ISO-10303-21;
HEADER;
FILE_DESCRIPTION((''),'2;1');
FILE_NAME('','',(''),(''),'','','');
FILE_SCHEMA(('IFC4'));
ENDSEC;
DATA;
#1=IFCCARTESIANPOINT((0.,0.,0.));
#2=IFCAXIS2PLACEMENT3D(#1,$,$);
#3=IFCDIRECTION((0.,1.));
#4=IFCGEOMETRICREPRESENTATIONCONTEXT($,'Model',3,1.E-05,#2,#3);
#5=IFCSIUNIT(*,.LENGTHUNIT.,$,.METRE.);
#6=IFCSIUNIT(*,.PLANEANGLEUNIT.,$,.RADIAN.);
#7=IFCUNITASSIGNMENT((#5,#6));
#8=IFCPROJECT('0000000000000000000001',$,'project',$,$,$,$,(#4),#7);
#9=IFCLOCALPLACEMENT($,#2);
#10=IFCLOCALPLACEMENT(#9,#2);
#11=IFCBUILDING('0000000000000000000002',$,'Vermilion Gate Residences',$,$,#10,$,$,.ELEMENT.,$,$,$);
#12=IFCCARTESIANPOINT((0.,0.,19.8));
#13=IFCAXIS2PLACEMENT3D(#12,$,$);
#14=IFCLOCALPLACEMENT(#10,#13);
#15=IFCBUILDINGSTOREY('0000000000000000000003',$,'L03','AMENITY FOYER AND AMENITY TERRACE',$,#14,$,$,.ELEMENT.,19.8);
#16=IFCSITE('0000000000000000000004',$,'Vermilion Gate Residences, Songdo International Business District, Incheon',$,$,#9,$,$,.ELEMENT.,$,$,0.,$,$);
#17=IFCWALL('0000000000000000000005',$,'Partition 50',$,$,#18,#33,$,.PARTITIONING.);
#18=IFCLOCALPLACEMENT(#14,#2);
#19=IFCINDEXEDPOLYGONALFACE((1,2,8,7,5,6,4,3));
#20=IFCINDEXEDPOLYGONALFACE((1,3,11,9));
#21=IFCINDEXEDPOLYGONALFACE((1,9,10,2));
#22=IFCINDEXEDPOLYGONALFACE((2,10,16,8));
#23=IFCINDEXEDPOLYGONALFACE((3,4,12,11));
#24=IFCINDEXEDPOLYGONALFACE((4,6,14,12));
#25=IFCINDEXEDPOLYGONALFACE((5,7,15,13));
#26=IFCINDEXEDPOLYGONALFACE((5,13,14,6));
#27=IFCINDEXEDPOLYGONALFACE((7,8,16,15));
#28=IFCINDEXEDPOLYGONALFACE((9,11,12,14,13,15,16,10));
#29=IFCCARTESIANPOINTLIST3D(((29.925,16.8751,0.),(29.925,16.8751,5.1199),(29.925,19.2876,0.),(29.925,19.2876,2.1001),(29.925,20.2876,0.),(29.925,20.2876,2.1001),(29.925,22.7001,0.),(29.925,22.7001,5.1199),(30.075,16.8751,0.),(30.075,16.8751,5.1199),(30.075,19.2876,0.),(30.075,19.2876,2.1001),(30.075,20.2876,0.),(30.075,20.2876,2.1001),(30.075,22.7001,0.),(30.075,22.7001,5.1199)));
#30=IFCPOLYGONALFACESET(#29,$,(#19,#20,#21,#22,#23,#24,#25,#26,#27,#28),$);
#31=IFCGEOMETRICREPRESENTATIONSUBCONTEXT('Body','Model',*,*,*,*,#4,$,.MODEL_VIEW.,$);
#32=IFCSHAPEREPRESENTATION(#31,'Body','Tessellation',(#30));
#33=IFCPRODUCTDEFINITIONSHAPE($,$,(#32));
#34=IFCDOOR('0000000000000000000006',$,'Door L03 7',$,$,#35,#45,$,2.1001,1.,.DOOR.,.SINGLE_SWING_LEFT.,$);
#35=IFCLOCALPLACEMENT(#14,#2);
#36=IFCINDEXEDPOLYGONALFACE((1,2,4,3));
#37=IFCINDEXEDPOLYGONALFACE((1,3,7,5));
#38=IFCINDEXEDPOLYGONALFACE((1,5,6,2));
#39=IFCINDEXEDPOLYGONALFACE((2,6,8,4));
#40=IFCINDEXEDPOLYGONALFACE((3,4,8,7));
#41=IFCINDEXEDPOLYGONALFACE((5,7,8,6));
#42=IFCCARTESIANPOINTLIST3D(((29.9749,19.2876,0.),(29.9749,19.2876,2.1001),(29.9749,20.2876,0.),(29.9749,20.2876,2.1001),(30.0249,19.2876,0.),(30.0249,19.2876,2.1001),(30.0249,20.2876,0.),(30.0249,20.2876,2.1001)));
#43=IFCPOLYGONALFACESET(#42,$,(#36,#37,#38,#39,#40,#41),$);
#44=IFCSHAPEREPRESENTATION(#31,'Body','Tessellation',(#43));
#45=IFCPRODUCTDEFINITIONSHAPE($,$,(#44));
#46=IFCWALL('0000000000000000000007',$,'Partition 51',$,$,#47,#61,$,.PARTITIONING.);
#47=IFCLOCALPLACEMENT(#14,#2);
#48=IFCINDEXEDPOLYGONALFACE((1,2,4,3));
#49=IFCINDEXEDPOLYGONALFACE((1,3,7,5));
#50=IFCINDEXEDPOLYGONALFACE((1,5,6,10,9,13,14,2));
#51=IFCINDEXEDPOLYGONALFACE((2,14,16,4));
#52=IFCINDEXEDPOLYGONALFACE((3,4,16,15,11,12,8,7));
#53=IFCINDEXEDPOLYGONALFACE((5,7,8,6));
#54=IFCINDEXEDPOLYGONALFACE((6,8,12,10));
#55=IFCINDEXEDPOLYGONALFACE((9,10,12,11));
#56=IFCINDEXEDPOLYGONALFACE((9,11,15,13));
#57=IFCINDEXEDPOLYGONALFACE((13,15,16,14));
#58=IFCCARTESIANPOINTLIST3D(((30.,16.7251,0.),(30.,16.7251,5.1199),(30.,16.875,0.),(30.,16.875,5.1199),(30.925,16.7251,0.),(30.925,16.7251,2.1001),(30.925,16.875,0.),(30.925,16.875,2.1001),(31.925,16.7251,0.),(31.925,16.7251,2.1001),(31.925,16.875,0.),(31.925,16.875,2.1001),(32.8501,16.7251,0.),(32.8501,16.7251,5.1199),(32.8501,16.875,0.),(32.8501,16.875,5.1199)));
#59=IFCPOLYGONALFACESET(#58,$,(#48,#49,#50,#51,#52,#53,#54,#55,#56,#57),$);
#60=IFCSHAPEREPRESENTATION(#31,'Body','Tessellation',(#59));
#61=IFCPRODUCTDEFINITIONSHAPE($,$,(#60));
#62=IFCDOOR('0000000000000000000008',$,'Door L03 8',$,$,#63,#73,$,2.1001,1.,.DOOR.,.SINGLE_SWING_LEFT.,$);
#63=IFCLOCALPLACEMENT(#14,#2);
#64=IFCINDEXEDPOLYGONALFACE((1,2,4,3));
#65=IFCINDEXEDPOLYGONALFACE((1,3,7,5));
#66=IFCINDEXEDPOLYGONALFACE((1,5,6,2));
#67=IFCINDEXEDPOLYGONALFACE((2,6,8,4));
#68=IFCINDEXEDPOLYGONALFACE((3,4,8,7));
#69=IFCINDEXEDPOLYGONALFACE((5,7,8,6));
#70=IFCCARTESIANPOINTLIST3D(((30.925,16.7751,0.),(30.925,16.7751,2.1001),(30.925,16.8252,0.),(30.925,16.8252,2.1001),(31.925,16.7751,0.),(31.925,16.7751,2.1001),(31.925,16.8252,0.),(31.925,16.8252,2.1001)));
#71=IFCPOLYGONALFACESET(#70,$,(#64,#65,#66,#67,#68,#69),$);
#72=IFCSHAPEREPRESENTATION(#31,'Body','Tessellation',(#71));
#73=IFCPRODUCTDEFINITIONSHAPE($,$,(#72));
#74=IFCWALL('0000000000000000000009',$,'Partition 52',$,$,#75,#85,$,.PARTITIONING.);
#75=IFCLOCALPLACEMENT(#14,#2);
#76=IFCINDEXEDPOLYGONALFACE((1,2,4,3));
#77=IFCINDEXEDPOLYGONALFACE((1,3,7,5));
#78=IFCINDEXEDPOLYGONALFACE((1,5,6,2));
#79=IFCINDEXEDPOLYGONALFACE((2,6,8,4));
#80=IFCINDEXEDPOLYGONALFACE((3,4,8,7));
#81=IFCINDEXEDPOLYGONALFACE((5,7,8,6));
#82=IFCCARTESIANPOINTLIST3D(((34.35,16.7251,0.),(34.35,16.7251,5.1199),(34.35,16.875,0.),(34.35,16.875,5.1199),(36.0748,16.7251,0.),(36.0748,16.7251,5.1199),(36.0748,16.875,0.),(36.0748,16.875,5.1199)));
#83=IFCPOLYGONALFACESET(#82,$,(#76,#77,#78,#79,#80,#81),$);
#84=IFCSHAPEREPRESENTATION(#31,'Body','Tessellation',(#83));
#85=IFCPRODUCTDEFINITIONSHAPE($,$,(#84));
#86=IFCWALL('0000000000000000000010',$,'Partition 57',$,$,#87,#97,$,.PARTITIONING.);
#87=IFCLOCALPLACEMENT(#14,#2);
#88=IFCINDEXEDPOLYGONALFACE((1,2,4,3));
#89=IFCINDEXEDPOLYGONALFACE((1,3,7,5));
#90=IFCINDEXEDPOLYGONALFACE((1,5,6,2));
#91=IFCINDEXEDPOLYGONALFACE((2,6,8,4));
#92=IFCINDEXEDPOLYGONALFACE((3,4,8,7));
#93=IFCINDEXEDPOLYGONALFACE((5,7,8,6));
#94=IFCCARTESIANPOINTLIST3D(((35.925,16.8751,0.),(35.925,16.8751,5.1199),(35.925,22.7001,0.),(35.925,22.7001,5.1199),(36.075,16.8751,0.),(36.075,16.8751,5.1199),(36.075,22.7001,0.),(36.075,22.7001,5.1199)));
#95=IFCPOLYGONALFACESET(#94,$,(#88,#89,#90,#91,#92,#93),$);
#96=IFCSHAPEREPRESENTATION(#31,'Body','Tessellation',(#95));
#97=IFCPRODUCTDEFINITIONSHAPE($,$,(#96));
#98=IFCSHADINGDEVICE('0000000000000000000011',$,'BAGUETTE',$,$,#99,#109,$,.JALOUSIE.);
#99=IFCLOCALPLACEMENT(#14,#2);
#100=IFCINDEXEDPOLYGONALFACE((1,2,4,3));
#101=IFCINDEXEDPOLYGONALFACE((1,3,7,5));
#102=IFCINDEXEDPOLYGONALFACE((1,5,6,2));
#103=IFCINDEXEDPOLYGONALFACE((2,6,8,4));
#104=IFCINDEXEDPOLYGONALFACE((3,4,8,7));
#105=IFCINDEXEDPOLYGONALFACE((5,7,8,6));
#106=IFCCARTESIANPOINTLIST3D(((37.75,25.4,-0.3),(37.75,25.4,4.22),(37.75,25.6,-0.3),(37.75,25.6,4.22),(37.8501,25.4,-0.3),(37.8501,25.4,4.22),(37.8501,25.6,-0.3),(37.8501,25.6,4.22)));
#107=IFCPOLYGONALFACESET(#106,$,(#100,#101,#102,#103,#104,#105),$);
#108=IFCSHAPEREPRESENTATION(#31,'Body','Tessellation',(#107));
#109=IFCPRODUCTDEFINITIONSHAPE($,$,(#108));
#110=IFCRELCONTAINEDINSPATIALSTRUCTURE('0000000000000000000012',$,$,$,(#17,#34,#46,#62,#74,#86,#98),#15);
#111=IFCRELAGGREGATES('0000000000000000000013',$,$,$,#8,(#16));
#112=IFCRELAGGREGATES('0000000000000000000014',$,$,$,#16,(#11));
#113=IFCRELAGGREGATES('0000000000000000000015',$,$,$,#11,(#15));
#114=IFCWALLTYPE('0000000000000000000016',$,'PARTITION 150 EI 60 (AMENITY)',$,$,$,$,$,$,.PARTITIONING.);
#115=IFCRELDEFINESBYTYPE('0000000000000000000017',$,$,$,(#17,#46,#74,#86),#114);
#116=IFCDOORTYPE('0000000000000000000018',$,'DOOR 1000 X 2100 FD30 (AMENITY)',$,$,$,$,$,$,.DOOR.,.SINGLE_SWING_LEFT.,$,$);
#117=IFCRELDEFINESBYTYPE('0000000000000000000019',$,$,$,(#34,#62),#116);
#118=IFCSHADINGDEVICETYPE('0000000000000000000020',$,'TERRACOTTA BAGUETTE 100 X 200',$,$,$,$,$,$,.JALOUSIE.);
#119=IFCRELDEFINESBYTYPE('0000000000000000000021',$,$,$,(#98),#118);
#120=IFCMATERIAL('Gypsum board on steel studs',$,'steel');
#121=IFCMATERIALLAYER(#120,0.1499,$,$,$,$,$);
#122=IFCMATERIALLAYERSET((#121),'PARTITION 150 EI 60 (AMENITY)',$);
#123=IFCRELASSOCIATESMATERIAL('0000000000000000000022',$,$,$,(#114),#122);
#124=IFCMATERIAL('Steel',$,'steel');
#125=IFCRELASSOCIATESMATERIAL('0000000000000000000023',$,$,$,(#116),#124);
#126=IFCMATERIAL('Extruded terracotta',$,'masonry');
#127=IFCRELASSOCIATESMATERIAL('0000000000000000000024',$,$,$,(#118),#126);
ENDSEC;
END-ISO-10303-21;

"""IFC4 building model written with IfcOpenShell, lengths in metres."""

from ifc_helpers import new_model, si_unit, direction, frame, frame_2d, origin, origin_2d, place, context, subcontext, project, spatial, rectangle, extrude, material, layer, layer_set, material_profile, profile_set, type_object, element, fill, save


model = new_model("IFC4")

# Units and contexts
model_context = context("Model", 3, precision=1e-05, world=origin(), true_north=direction((0.0, 1.0)))
body_context = subcontext(model_context, "Body", "Model", "MODEL_VIEW")
ifc_project = project(units=[si_unit("LENGTHUNIT", "METRE"), si_unit("PLANEANGLEUNIT", "RADIAN")], contexts=[model_context])

# Site, building, storey
site_placement = place(None, origin())
site = spatial("IfcSite", under=ifc_project, at=site_placement, Name="Vermilion Gate Residences, Songdo International Business District, Incheon", CompositionType="ELEMENT", RefElevation=0.0)
building_placement = place(site_placement, origin())
building = spatial("IfcBuilding", under=site, at=building_placement, Name="Vermilion Gate Residences", CompositionType="ELEMENT")
storey_placement = place(building_placement, frame((0.0, 0.0, 19.8)))
storey = spatial("IfcBuildingStorey", under=building, at=storey_placement, Name="L03", Description="AMENITY FOYER AND AMENITY TERRACE", CompositionType="ELEMENT", Elevation=19.8)

# Walls, openings, doors
ifc_material_1 = material(Name="Gypsum board on steel studs", Category="steel")
ifc_layer_1 = layer(ifc_material_1, 0.1499)
ifc_layer_set_1 = layer_set([ifc_layer_1], Name="PARTITION 150 EI 60 (AMENITY)")
wall_type = type_object("IfcWallType", Name="PARTITION 150 EI 60 (AMENITY)", PredefinedType="PARTITIONING", material=ifc_layer_set_1)
wall_1_placement = place(storey_placement, frame((30.0, 16.875, 0.0), z_axis=(0.0, 0.0, 1.0), x_axis=(0.0, 1.0, 0.0)))
wall_1 = element("IfcWall", 1, at=wall_1_placement, inside=storey, type_object=wall_type, Name="Partition 50", PredefinedType="PARTITIONING", context=body_context, shape_type="SweptSolid", body=[
    extrude(rectangle(XDim=5.825, YDim=0.1499, at=frame_2d((2.9126, 0.0))), origin(), (0.0, 0.0, 1.0), 5.1199),
])
opening_1_placement = place(wall_1_placement, frame((2.4126, 0.0, 0.0)))
opening_1 = element("IfcOpeningElement", 2, at=opening_1_placement, cuts=wall_1, PredefinedType="OPENING", context=body_context, shape_type="SweptSolid", body=[
    extrude(rectangle(XDim=1.0, YDim=2.1001, at=frame_2d((0.5, 1.05))), frame((0.0, 0.085, 0.0), z_axis=(0.0, -1.0, 0.0), x_axis=(1.0, 0.0, 0.0)), (0.0, 0.0, 1.0), 0.1699),
])
ifc_material_2 = material(Name="Steel", Category="steel")
door_type = type_object("IfcDoorType", Name="DOOR 1000 X 2100 FD30 (AMENITY)", OperationType="SINGLE_SWING_LEFT", PredefinedType="DOOR", material=ifc_material_2)
door_1_placement = place(opening_1_placement, frame((1.0, 0.0, 0.0), z_axis=(0.0, 0.0, 1.0), x_axis=(-1.0, 0.0, 0.0)))
door_1 = element("IfcDoor", 3, at=door_1_placement, inside=storey, type_object=door_type, Name="Door L03 7", OperationType="SINGLE_SWING_LEFT", OverallHeight=2.1001, OverallWidth=1.0, PredefinedType="DOOR", context=body_context, shape_type="SweptSolid", body=[
    extrude(rectangle(XDim=1.0, YDim=2.1001, at=frame_2d((0.5, 1.05))), frame((0.0, 0.0249, 0.0), z_axis=(0.0, -1.0, 0.0), x_axis=(1.0, 0.0, 0.0)), (0.0, 0.0, 1.0), 0.05),
])
fill(opening_1, door_1)
wall_2_placement = place(storey_placement, frame((30.0, 16.8, 0.0), z_axis=(0.0, 0.0, 1.0), x_axis=(1.0, 0.0, 0.0)))
wall_2 = element("IfcWall", 4, at=wall_2_placement, inside=storey, type_object=wall_type, Name="Partition 51", PredefinedType="PARTITIONING", context=body_context, shape_type="SweptSolid", body=[
    extrude(rectangle(XDim=2.8501, YDim=0.1499, at=frame_2d((1.425, 0.0))), origin(), (0.0, 0.0, 1.0), 5.1199),
])
opening_2_placement = place(wall_2_placement, frame((0.925, 0.0, 0.0)))
opening_2 = element("IfcOpeningElement", 5, at=opening_2_placement, cuts=wall_2, PredefinedType="OPENING", context=body_context, shape_type="SweptSolid", body=[
    extrude(rectangle(XDim=1.0, YDim=2.1001, at=frame_2d((0.5, 1.05))), frame((0.0, 0.085, 0.0), z_axis=(0.0, -1.0, 0.0), x_axis=(1.0, 0.0, 0.0)), (0.0, 0.0, 1.0), 0.1699),
])
door_2_placement = place(opening_2_placement, frame((1.0, 0.0, 0.0), z_axis=(0.0, 0.0, 1.0), x_axis=(-1.0, 0.0, 0.0)))
door_2 = element("IfcDoor", 6, at=door_2_placement, inside=storey, type_object=door_type, Name="Door L03 8", OperationType="SINGLE_SWING_LEFT", OverallHeight=2.1001, OverallWidth=1.0, PredefinedType="DOOR", context=body_context, shape_type="SweptSolid", body=[
    extrude(rectangle(XDim=1.0, YDim=2.1001, at=frame_2d((0.5, 1.05))), frame((0.0, 0.0249, 0.0), z_axis=(0.0, -1.0, 0.0), x_axis=(1.0, 0.0, 0.0)), (0.0, 0.0, 1.0), 0.05),
])
fill(opening_2, door_2)

# Walls
wall_3_placement = place(storey_placement, frame((34.3501, 16.8, 0.0), z_axis=(0.0, 0.0, 1.0), x_axis=(1.0, 0.0, 0.0)))
element("IfcWall", 7, at=wall_3_placement, inside=storey, type_object=wall_type, Name="Partition 52", PredefinedType="PARTITIONING", context=body_context, shape_type="SweptSolid", body=[
    extrude(rectangle(XDim=1.7249, YDim=0.1499, at=frame_2d((0.8623, 0.0))), origin(), (0.0, 0.0, 1.0), 5.1199),
])
wall_4_placement = place(storey_placement, frame((36.0, 16.875, 0.0), z_axis=(0.0, 0.0, 1.0), x_axis=(0.0, 1.0, 0.0)))
element("IfcWall", 8, at=wall_4_placement, inside=storey, type_object=wall_type, Name="Partition 57", PredefinedType="PARTITIONING", context=body_context, shape_type="SweptSolid", body=[
    extrude(rectangle(XDim=5.825, YDim=0.1499, at=frame_2d((2.9126, 0.0))), origin(), (0.0, 0.0, 1.0), 5.1199),
])

# Shading device
ifc_material_3 = material(Name="Extruded terracotta", Category="masonry")
ifc_material_profile_1 = material_profile(ifc_material_3, rectangle(XDim=0.2, YDim=0.1001, at=origin_2d()), Name="BAGUETTE 100 X 200")
ifc_profile_set_1 = profile_set([ifc_material_profile_1], Name="Extruded terracotta")
shading_device_type = type_object("IfcShadingDeviceType", Name="TERRACOTTA BAGUETTE 100 X 200", PredefinedType="JALOUSIE", material=ifc_profile_set_1)
shading_device_placement = place(storey_placement, frame((37.8, 25.5, -0.3), z_axis=(0.0, 0.0, 1.0), x_axis=(0.0, -1.0, 0.0)))
element("IfcShadingDevice", 9, at=shading_device_placement, inside=storey, type_object=shading_device_type, Name="BAGUETTE", PredefinedType="JALOUSIE", context=body_context, shape_type="SweptSolid", body=[
    extrude(rectangle(XDim=0.2, YDim=0.1001, at=origin_2d()), origin(), (0.0, 0.0, 1.0), 4.52),
])

save(model, "model.ifc")
